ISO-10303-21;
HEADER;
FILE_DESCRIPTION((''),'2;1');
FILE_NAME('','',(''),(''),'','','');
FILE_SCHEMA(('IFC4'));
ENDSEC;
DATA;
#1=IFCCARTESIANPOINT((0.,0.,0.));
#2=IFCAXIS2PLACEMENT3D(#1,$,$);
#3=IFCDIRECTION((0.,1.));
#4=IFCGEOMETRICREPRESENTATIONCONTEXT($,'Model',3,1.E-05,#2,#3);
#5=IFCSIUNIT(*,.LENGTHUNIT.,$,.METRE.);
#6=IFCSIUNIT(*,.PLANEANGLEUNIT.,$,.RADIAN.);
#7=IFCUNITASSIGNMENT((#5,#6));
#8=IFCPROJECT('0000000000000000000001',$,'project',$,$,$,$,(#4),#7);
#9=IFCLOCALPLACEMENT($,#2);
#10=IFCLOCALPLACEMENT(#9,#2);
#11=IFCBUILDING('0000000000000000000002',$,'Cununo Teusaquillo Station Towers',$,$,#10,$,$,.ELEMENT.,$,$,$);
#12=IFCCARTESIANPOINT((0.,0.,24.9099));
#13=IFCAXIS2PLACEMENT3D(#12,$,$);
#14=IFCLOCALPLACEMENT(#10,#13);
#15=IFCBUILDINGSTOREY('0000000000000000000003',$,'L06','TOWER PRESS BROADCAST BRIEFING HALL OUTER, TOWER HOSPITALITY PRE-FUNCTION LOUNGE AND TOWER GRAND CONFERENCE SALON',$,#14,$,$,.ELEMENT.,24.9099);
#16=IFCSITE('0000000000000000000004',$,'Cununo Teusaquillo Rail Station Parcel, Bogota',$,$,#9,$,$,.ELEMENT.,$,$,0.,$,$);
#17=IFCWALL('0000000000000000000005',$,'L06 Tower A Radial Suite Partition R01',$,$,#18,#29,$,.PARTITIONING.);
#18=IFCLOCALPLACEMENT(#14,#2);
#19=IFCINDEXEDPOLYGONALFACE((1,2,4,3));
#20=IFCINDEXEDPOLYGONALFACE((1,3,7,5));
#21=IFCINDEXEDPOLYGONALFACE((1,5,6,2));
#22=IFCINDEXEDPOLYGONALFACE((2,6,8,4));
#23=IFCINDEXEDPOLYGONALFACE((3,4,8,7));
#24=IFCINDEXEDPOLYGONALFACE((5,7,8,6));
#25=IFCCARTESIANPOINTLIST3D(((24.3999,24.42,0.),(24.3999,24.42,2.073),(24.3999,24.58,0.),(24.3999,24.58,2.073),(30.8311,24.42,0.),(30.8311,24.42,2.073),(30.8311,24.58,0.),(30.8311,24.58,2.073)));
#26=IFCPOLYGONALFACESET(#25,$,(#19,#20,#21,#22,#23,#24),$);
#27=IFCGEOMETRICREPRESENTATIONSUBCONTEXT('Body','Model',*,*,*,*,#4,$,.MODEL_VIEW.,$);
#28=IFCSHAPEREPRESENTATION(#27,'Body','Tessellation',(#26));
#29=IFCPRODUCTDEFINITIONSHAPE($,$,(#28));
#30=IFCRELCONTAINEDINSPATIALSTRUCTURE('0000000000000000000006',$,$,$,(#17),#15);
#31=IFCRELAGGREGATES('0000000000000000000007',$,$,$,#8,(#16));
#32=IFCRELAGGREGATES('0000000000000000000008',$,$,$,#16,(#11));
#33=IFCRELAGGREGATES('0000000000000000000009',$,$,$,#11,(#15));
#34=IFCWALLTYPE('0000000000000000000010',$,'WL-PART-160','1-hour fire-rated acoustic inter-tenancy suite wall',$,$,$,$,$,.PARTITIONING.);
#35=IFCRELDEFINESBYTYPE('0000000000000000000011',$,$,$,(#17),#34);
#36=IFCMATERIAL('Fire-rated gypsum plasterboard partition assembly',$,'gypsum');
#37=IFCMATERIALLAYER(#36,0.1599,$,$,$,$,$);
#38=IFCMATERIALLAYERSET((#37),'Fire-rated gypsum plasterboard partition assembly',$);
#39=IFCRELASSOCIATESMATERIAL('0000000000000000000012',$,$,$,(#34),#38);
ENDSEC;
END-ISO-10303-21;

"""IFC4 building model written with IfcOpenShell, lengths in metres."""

from ifc_helpers import new_model, si_unit, direction, frame, frame_2d, origin, place, context, subcontext, project, spatial, rectangle, extrude, material, layer, layer_set, type_object, element, save


model = new_model("IFC4")

# Units and contexts
model_context = context("Model", 3, precision=1e-05, world=origin(), true_north=direction((0.0, 1.0)))
body_context = subcontext(model_context, "Body", "Model", "MODEL_VIEW")
ifc_project = project(units=[si_unit("LENGTHUNIT", "METRE"), si_unit("PLANEANGLEUNIT", "RADIAN")], contexts=[model_context])

# Site, building, storey
site_placement = place(None, origin())
site = spatial("IfcSite", under=ifc_project, at=site_placement, Name="Cununo Teusaquillo Rail Station Parcel, Bogota", CompositionType="ELEMENT", RefElevation=0.0)
building_placement = place(site_placement, origin())
building = spatial("IfcBuilding", under=site, at=building_placement, Name="Cununo Teusaquillo Station Towers", CompositionType="ELEMENT")
storey_placement = place(building_placement, frame((0.0, 0.0, 24.9099)))
storey = spatial("IfcBuildingStorey", under=building, at=storey_placement, Name="L06", Description="TOWER PRESS BROADCAST BRIEFING HALL OUTER, TOWER HOSPITALITY PRE-FUNCTION LOUNGE AND TOWER GRAND CONFERENCE SALON", CompositionType="ELEMENT", Elevation=24.9099)

# Wall
ifc_material_1 = material(Name="Fire-rated gypsum plasterboard partition assembly", Category="gypsum")
ifc_layer_1 = layer(ifc_material_1, 0.1599)
ifc_layer_set_1 = layer_set([ifc_layer_1], Name="Fire-rated gypsum plasterboard partition assembly")
wall_type_1 = type_object("IfcWallType", Name="WL-PART-160", Description="1-hour fire-rated acoustic inter-tenancy suite wall", PredefinedType="PARTITIONING", material=ifc_layer_set_1)
wall_1_placement = place(storey_placement, frame((24.3999, 24.5, 0.0), z_axis=(0.0, 0.0, 1.0), x_axis=(1.0, 0.0, 0.0)))
element("IfcWall", 1, at=wall_1_placement, inside=storey, type_object=wall_type_1, Name="L06 Tower A Radial Suite Partition R01", PredefinedType="PARTITIONING", context=body_context, shape_type="SweptSolid", body=[
    extrude(rectangle(XDim=6.4312, YDim=0.1599, at=frame_2d((3.2156, 0.0))), origin(), (0.0, 0.0, 1.0), 2.073),
])

save(model, "model.ifc")
